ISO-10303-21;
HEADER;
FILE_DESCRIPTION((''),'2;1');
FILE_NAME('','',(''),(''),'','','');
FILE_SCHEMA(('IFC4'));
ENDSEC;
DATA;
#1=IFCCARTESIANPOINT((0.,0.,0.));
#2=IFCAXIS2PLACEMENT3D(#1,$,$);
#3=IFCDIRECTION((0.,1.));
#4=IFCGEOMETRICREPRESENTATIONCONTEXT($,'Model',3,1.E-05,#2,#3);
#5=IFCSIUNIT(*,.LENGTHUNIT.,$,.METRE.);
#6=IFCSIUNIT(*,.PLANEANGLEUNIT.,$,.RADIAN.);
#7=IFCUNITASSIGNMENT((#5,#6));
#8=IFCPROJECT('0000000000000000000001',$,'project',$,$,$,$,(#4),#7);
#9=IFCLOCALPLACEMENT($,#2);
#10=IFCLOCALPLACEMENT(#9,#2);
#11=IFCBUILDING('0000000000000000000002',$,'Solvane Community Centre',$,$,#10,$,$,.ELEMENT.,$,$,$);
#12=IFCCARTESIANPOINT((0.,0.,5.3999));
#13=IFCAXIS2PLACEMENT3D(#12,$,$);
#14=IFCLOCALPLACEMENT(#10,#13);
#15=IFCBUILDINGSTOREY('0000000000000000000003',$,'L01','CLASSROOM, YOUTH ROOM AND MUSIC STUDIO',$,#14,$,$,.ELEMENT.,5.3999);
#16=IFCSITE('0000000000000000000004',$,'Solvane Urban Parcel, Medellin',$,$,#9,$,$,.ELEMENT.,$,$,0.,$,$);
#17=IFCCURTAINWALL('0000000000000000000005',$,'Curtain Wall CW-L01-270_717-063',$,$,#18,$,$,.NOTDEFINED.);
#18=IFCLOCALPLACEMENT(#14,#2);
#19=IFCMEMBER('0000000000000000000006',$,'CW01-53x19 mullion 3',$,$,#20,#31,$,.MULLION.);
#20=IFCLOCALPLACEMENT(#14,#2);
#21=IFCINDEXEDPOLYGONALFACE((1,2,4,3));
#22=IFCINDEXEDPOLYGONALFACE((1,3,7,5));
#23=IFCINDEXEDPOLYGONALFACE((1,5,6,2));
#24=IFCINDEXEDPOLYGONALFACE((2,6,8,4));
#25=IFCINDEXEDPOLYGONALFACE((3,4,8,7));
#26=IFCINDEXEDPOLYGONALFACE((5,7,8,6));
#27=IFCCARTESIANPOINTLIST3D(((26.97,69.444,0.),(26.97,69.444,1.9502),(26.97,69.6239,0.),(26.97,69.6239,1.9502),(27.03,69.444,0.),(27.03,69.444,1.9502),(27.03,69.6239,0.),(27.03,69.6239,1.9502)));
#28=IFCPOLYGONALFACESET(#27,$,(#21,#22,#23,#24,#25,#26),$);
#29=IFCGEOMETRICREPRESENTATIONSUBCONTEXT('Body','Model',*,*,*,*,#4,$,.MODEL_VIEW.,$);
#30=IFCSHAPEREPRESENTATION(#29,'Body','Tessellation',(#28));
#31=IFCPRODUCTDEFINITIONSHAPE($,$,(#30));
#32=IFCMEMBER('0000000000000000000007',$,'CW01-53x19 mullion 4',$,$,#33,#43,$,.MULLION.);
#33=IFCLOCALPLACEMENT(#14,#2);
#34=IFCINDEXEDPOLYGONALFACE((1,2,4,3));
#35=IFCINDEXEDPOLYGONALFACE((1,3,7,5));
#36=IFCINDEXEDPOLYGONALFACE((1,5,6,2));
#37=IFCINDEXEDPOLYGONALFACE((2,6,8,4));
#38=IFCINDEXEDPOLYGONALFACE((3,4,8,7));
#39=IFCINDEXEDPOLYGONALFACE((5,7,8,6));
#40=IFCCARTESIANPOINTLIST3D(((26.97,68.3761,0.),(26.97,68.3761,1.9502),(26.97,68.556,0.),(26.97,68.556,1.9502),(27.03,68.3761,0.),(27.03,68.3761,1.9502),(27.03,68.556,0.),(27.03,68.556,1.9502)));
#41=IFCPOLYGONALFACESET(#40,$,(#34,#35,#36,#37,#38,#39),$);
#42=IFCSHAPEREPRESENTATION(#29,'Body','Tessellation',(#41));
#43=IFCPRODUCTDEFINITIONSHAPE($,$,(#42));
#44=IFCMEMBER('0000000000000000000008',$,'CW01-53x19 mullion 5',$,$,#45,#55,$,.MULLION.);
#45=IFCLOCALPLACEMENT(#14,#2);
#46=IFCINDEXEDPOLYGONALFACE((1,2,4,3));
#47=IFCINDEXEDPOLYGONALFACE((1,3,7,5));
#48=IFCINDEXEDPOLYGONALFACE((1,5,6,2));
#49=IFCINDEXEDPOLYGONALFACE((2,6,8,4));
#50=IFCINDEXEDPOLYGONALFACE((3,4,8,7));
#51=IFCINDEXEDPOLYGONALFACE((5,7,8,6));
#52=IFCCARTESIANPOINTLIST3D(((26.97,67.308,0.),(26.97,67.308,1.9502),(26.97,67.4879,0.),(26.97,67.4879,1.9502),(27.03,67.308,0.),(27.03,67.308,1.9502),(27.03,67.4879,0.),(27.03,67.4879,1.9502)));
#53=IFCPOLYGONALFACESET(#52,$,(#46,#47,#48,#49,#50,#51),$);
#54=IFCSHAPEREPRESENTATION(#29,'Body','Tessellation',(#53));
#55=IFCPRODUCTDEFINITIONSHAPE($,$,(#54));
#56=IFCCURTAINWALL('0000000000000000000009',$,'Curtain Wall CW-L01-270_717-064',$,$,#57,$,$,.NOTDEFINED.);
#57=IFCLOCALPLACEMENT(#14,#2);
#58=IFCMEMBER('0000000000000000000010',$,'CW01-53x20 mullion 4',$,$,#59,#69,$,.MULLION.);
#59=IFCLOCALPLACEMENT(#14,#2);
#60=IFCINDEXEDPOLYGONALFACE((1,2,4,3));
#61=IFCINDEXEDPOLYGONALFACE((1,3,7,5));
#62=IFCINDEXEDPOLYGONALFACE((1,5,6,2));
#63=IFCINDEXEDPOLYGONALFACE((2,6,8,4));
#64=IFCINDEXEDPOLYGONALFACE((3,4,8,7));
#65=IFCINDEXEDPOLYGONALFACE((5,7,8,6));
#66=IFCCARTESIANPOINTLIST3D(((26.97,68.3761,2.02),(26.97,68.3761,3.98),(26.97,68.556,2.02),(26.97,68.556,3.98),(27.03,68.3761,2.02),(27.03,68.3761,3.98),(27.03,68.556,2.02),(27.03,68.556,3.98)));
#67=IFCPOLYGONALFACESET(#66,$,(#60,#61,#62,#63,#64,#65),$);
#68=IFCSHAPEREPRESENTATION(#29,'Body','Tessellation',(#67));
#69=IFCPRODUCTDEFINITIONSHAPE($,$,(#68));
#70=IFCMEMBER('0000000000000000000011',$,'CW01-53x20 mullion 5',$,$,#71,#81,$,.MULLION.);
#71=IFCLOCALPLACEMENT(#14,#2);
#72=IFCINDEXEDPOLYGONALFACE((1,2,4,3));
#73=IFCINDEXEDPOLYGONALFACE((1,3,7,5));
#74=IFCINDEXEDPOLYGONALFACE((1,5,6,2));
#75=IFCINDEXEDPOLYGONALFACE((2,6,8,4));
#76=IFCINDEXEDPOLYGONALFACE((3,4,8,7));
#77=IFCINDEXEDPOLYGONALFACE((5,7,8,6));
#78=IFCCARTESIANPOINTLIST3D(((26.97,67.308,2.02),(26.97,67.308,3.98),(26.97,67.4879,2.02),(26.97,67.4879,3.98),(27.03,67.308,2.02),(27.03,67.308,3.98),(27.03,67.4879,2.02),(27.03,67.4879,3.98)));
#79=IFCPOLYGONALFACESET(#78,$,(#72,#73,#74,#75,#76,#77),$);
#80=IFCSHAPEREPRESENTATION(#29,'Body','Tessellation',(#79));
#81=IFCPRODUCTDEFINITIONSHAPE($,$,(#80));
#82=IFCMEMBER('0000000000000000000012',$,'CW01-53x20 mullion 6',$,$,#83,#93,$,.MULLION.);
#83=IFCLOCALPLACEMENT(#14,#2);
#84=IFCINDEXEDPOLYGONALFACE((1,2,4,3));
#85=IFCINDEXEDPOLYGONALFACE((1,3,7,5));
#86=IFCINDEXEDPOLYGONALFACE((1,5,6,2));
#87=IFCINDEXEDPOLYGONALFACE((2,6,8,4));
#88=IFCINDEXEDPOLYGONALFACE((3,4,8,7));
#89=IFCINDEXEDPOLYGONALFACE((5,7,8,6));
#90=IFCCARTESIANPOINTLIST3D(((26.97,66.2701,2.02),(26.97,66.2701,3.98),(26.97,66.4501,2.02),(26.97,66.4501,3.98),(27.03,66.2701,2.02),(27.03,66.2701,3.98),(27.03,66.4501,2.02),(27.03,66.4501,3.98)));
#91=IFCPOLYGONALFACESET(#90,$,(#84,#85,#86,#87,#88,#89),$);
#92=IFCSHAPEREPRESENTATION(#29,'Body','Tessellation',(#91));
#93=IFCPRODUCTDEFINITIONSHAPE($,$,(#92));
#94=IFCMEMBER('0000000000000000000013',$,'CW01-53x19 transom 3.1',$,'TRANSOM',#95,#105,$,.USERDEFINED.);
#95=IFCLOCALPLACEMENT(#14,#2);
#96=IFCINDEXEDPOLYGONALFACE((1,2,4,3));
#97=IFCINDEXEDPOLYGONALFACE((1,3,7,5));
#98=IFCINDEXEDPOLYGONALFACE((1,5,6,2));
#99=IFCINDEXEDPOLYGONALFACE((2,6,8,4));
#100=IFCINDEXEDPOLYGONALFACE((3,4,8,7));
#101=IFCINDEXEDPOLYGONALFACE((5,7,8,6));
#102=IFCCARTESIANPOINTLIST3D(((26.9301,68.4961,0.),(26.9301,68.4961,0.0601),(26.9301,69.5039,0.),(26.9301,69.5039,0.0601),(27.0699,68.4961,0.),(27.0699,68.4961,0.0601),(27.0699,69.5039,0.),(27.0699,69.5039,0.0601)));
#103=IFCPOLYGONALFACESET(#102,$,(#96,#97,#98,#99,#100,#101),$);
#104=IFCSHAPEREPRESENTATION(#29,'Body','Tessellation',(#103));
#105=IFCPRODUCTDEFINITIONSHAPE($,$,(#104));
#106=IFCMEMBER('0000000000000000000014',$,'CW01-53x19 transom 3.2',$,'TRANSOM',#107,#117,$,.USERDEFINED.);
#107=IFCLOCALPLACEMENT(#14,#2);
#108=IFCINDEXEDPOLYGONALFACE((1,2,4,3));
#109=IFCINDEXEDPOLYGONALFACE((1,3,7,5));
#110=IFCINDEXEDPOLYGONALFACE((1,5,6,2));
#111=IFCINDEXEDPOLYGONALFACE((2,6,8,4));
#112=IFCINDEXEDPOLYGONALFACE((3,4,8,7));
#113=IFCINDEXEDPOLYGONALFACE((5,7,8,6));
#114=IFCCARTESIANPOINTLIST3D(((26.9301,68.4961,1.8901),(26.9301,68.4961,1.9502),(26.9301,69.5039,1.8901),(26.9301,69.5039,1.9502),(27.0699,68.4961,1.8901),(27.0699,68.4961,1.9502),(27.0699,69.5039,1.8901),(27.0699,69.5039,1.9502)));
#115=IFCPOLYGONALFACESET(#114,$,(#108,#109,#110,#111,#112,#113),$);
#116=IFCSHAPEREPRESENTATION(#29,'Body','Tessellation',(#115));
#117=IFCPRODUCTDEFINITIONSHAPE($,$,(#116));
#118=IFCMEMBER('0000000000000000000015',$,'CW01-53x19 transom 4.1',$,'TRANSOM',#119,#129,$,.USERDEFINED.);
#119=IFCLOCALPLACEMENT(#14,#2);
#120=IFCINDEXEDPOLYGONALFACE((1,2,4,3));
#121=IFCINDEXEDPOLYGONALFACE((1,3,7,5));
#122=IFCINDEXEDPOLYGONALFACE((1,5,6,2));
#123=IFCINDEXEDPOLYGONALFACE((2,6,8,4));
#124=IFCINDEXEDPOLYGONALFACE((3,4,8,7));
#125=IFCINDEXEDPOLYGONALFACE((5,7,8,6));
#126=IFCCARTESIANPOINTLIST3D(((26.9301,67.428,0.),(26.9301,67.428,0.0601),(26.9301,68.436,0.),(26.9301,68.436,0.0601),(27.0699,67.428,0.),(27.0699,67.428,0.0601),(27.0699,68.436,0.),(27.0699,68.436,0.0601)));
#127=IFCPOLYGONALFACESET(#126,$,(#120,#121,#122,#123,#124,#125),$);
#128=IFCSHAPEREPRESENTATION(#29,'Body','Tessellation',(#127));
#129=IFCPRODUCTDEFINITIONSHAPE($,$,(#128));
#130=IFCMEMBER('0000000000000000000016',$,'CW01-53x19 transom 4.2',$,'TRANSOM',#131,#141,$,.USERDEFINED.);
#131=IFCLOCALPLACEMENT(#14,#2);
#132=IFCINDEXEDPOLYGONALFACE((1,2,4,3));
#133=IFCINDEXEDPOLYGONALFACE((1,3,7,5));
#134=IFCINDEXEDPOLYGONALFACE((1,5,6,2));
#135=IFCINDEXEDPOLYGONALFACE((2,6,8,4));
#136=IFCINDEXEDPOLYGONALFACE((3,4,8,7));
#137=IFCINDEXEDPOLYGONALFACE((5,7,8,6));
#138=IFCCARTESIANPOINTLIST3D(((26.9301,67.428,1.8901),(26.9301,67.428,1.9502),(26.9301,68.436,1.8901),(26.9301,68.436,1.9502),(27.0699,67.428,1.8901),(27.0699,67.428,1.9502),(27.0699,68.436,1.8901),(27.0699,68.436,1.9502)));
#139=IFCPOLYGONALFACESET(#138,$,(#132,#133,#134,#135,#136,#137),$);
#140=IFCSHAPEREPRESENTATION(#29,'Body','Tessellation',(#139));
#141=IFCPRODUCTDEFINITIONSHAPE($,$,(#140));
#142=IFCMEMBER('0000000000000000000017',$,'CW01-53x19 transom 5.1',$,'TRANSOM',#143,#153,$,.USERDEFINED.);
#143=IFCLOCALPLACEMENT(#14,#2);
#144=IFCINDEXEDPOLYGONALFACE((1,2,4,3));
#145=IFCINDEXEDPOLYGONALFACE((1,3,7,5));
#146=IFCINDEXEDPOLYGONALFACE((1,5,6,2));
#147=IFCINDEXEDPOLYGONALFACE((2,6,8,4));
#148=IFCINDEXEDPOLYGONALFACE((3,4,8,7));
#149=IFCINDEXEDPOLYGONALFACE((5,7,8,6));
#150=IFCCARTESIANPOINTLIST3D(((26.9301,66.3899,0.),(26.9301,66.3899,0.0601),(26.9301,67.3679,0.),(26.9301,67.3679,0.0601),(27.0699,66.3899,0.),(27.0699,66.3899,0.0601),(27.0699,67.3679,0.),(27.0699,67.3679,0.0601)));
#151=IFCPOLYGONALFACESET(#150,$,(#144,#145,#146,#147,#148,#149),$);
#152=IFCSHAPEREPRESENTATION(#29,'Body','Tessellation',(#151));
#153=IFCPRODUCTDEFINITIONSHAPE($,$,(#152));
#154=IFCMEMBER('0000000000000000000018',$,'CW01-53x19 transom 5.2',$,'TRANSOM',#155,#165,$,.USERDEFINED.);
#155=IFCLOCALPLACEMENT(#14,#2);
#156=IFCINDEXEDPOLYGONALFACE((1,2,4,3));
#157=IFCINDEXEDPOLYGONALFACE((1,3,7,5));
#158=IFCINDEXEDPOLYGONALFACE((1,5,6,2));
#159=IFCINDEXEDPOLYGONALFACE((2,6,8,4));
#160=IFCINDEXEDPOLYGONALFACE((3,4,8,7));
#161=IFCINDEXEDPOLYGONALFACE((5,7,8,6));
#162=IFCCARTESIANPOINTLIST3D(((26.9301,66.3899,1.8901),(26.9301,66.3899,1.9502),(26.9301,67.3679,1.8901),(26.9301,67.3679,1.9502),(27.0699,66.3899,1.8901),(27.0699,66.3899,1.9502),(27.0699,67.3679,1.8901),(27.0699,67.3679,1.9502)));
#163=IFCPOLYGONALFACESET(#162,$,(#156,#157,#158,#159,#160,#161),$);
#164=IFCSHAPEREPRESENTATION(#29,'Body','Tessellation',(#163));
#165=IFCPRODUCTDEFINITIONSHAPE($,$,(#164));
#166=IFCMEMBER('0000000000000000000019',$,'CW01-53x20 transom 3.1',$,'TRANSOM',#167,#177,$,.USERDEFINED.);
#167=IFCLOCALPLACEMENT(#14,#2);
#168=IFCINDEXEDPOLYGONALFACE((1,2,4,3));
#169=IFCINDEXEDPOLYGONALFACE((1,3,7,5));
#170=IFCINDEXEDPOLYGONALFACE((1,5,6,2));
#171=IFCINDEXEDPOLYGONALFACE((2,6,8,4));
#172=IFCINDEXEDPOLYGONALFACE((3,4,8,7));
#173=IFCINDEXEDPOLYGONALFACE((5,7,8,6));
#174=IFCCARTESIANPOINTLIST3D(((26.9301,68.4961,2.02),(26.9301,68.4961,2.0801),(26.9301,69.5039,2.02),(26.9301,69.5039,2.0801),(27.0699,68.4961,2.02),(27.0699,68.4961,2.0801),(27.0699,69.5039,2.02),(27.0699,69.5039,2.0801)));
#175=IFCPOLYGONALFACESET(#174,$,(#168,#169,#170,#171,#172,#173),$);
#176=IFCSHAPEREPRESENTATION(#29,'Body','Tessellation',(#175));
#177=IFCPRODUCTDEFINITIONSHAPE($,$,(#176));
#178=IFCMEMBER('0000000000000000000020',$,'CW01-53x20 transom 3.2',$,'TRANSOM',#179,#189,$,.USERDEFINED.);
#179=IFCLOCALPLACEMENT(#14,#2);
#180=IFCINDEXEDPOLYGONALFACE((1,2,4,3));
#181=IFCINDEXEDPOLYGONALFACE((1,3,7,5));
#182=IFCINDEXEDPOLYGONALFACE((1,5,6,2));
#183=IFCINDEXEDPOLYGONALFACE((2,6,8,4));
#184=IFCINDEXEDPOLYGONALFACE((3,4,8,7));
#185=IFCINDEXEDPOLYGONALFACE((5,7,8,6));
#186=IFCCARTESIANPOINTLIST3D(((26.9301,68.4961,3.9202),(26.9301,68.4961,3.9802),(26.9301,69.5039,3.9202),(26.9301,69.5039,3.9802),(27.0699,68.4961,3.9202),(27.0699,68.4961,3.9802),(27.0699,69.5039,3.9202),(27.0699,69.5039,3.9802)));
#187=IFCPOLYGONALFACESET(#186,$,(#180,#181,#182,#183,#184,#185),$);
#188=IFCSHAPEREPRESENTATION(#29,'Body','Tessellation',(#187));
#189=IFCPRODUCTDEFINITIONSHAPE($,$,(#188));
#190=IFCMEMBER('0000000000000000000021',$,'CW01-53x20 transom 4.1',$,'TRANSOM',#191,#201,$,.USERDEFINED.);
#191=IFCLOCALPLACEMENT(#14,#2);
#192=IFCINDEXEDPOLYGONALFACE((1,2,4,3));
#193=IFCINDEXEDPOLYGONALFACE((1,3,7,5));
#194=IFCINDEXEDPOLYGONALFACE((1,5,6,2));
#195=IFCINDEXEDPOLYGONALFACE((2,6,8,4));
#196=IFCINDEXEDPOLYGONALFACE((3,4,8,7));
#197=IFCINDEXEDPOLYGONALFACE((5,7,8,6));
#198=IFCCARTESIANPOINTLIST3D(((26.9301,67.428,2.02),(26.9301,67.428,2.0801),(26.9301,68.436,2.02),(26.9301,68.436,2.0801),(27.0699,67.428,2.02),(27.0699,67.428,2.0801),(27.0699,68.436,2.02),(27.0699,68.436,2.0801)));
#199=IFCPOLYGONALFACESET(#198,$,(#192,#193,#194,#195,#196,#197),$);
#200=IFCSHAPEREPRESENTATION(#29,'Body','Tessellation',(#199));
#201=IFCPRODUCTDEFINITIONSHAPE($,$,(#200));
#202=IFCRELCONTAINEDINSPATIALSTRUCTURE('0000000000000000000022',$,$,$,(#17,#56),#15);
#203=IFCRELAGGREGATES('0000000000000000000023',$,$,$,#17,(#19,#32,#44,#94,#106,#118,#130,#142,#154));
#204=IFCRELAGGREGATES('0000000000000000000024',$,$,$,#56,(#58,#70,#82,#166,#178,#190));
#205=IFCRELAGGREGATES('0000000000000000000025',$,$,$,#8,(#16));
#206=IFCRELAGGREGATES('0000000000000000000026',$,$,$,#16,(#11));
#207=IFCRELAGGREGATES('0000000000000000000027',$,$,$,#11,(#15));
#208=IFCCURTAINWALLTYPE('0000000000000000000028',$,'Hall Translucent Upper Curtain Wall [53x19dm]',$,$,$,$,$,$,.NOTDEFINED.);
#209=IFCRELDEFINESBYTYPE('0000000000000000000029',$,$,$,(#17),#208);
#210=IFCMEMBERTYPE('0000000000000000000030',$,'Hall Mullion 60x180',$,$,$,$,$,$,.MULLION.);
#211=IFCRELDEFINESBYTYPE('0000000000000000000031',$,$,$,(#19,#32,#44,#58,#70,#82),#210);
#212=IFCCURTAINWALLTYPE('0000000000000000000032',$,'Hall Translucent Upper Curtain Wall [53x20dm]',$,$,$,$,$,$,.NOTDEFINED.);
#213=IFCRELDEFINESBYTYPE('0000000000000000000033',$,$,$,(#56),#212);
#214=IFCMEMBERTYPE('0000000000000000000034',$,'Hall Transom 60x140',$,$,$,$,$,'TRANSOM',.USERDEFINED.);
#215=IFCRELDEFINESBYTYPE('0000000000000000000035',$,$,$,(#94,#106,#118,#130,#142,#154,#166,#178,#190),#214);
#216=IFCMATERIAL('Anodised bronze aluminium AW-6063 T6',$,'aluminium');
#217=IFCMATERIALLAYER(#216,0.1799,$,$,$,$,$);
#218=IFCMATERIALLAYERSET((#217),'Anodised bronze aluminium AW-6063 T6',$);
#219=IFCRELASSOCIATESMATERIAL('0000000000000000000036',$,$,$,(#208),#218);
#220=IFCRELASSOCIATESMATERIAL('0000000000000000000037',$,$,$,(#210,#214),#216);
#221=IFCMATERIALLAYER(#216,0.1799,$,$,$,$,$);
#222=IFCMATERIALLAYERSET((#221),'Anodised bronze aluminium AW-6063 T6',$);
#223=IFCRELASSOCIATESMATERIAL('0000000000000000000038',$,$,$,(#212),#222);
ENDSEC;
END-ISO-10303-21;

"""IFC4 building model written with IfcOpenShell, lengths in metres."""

from ifc_helpers import new_model, si_unit, direction, frame, origin, origin_2d, place, context, subcontext, project, spatial, rectangle, extrude, material, layer, layer_set, material_profile, profile_set, type_object, element, aggregate, save


model = new_model("IFC4")

# Units and contexts
model_context = context("Model", 3, precision=1e-05, world=origin(), true_north=direction((0.0, 1.0)))
body_context = subcontext(model_context, "Body", "Model", "MODEL_VIEW")
ifc_project = project(units=[si_unit("LENGTHUNIT", "METRE"), si_unit("PLANEANGLEUNIT", "RADIAN")], contexts=[model_context])

# Site, building, storey
site_placement = place(None, origin())
site = spatial("IfcSite", under=ifc_project, at=site_placement, Name="Solvane Urban Parcel, Medellin", CompositionType="ELEMENT", RefElevation=0.0)
building_placement = place(site_placement, origin())
building = spatial("IfcBuilding", under=site, at=building_placement, Name="Solvane Community Centre", CompositionType="ELEMENT")
storey_placement = place(building_placement, frame((0.0, 0.0, 5.3999)))
storey = spatial("IfcBuildingStorey", under=building, at=storey_placement, Name="L01", Description="CLASSROOM, YOUTH ROOM AND MUSIC STUDIO", CompositionType="ELEMENT", Elevation=5.3999)

# Curtain walls, members
ifc_material_1 = material(Name="Anodised bronze aluminium AW-6063 T6", Category="aluminium")
ifc_layer_1 = layer(ifc_material_1, 0.1799)
ifc_layer_set_1 = layer_set([ifc_layer_1], Name="Anodised bronze aluminium AW-6063 T6")
curtain_wall_type_1 = type_object("IfcCurtainWallType", Name="Hall Translucent Upper Curtain Wall [53x19dm]", PredefinedType="NOTDEFINED", material=ifc_layer_set_1)
curtain_wall_1_placement = place(storey_placement, origin())
curtain_wall_1 = element("IfcCurtainWall", 1, at=curtain_wall_1_placement, inside=storey, type_object=curtain_wall_type_1, Name="Curtain Wall CW-L01-270_717-063", PredefinedType="NOTDEFINED")
ifc_material_profile_1 = material_profile(ifc_material_1, rectangle(XDim=0.0601, YDim=0.1799, at=origin_2d()), Name="CW-M 60x180")
ifc_profile_set_1 = profile_set([ifc_material_profile_1], Name="Anodised bronze aluminium AW-6063 T6")
member_type_1 = type_object("IfcMemberType", Name="Hall Mullion 60x180", PredefinedType="MULLION", material=ifc_profile_set_1)
member_1_placement = place(storey_placement, frame((27.0, 69.5339, 0.0), z_axis=(0.0, 0.0, 1.0), x_axis=(1.0, 0.0, 0.0)))
member_1 = element("IfcMember", 2, at=member_1_placement, type_object=member_type_1, Name="CW01-53x19 mullion 3", PredefinedType="MULLION", context=body_context, shape_type="SweptSolid", body=[
    extrude(rectangle(XDim=0.0601, YDim=0.1799, at=origin_2d()), origin(), (0.0, 0.0, 1.0), 1.9502),
])
member_2_placement = place(storey_placement, frame((27.0, 68.4661, 0.0), z_axis=(0.0, 0.0, 1.0), x_axis=(1.0, 0.0, 0.0)))
member_2 = element("IfcMember", 3, at=member_2_placement, type_object=member_type_1, Name="CW01-53x19 mullion 4", PredefinedType="MULLION", context=body_context, shape_type="SweptSolid", body=[
    extrude(rectangle(XDim=0.0601, YDim=0.1799, at=origin_2d()), origin(), (0.0, 0.0, 1.0), 1.9502),
])
member_3_placement = place(storey_placement, frame((27.0, 67.3979, 0.0), z_axis=(0.0, 0.0, 1.0), x_axis=(1.0, 0.0, 0.0)))
member_3 = element("IfcMember", 4, at=member_3_placement, type_object=member_type_1, Name="CW01-53x19 mullion 5", PredefinedType="MULLION", context=body_context, shape_type="SweptSolid", body=[
    extrude(rectangle(XDim=0.0601, YDim=0.1799, at=origin_2d()), origin(), (0.0, 0.0, 1.0), 1.9502),
])
ifc_layer_2 = layer(ifc_material_1, 0.1799)
ifc_layer_set_2 = layer_set([ifc_layer_2], Name="Anodised bronze aluminium AW-6063 T6")
curtain_wall_type_2 = type_object("IfcCurtainWallType", Name="Hall Translucent Upper Curtain Wall [53x20dm]", PredefinedType="NOTDEFINED", material=ifc_layer_set_2)
curtain_wall_2_placement = place(storey_placement, origin())
curtain_wall_2 = element("IfcCurtainWall", 5, at=curtain_wall_2_placement, inside=storey, type_object=curtain_wall_type_2, Name="Curtain Wall CW-L01-270_717-064", PredefinedType="NOTDEFINED")
member_4_placement = place(storey_placement, frame((27.0, 68.4661, 2.02), z_axis=(0.0, 0.0, 1.0), x_axis=(1.0, 0.0, 0.0)))
member_4 = element("IfcMember", 6, at=member_4_placement, type_object=member_type_1, Name="CW01-53x20 mullion 4", PredefinedType="MULLION", context=body_context, shape_type="SweptSolid", body=[
    extrude(rectangle(XDim=0.0601, YDim=0.1799, at=origin_2d()), origin(), (0.0, 0.0, 1.0), 1.96),
])
member_5_placement = place(storey_placement, frame((27.0, 67.3979, 2.02), z_axis=(0.0, 0.0, 1.0), x_axis=(1.0, 0.0, 0.0)))
member_5 = element("IfcMember", 7, at=member_5_placement, type_object=member_type_1, Name="CW01-53x20 mullion 5", PredefinedType="MULLION", context=body_context, shape_type="SweptSolid", body=[
    extrude(rectangle(XDim=0.0601, YDim=0.1799, at=origin_2d()), origin(), (0.0, 0.0, 1.0), 1.96),
])
member_6_placement = place(storey_placement, frame((27.0, 66.3601, 2.02), z_axis=(0.0, 0.0, 1.0), x_axis=(1.0, 0.0, 0.0)))
member_6 = element("IfcMember", 8, at=member_6_placement, type_object=member_type_1, Name="CW01-53x20 mullion 6", PredefinedType="MULLION", context=body_context, shape_type="SweptSolid", body=[
    extrude(rectangle(XDim=0.0601, YDim=0.1799, at=origin_2d()), origin(), (0.0, 0.0, 1.0), 1.96),
])

# Members
ifc_material_profile_2 = material_profile(ifc_material_1, rectangle(XDim=0.1399, YDim=0.0601, at=origin_2d()), Name="CW-T 60x140")
ifc_profile_set_2 = profile_set([ifc_material_profile_2], Name="Anodised bronze aluminium AW-6063 T6")
member_type_2 = type_object("IfcMemberType", Name="Hall Transom 60x140", ElementType="TRANSOM", PredefinedType="USERDEFINED", material=ifc_profile_set_2)
member_7_placement = place(storey_placement, frame((27.0, 69.5039, 0.03), z_axis=(0.0, -1.0, 0.0), x_axis=(1.0, 0.0, 0.0)))
member_7 = element("IfcMember", 9, at=member_7_placement, type_object=member_type_2, Name="CW01-53x19 transom 3.1", ObjectType="TRANSOM", PredefinedType="USERDEFINED", context=body_context, shape_type="SweptSolid", body=[
    extrude(rectangle(XDim=0.1399, YDim=0.0601, at=origin_2d()), origin(), (0.0, 0.0, 1.0), 1.0078),
])
member_8_placement = place(storey_placement, frame((27.0, 69.5039, 1.9202), z_axis=(0.0, -1.0, 0.0), x_axis=(1.0, 0.0, 0.0)))
member_8 = element("IfcMember", 10, at=member_8_placement, type_object=member_type_2, Name="CW01-53x19 transom 3.2", ObjectType="TRANSOM", PredefinedType="USERDEFINED", context=body_context, shape_type="SweptSolid", body=[
    extrude(rectangle(XDim=0.1399, YDim=0.0601, at=origin_2d()), origin(), (0.0, 0.0, 1.0), 1.0078),
])
member_9_placement = place(storey_placement, frame((27.0, 68.436, 0.03), z_axis=(0.0, -1.0, 0.0), x_axis=(1.0, 0.0, 0.0)))
member_9 = element("IfcMember", 11, at=member_9_placement, type_object=member_type_2, Name="CW01-53x19 transom 4.1", ObjectType="TRANSOM", PredefinedType="USERDEFINED", context=body_context, shape_type="SweptSolid", body=[
    extrude(rectangle(XDim=0.1399, YDim=0.0601, at=origin_2d()), origin(), (0.0, 0.0, 1.0), 1.0081),
])
member_10_placement = place(storey_placement, frame((27.0, 68.436, 1.9202), z_axis=(0.0, -1.0, 0.0), x_axis=(1.0, 0.0, 0.0)))
member_10 = element("IfcMember", 12, at=member_10_placement, type_object=member_type_2, Name="CW01-53x19 transom 4.2", ObjectType="TRANSOM", PredefinedType="USERDEFINED", context=body_context, shape_type="SweptSolid", body=[
    extrude(rectangle(XDim=0.1399, YDim=0.0601, at=origin_2d()), origin(), (0.0, 0.0, 1.0), 1.0081),
])
member_11_placement = place(storey_placement, frame((27.0, 67.3679, 0.03), z_axis=(0.0, -1.0, 0.0), x_axis=(1.0, 0.0, 0.0)))
member_11 = element("IfcMember", 13, at=member_11_placement, type_object=member_type_2, Name="CW01-53x19 transom 5.1", ObjectType="TRANSOM", PredefinedType="USERDEFINED", context=body_context, shape_type="SweptSolid", body=[
    extrude(rectangle(XDim=0.1399, YDim=0.0601, at=origin_2d()), origin(), (0.0, 0.0, 1.0), 0.978),
])
member_12_placement = place(storey_placement, frame((27.0, 67.3679, 1.9202), z_axis=(0.0, -1.0, 0.0), x_axis=(1.0, 0.0, 0.0)))
member_12 = element("IfcMember", 14, at=member_12_placement, type_object=member_type_2, Name="CW01-53x19 transom 5.2", ObjectType="TRANSOM", PredefinedType="USERDEFINED", context=body_context, shape_type="SweptSolid", body=[
    extrude(rectangle(XDim=0.1399, YDim=0.0601, at=origin_2d()), origin(), (0.0, 0.0, 1.0), 0.978),
])
member_13_placement = place(storey_placement, frame((27.0, 69.5039, 2.05), z_axis=(0.0, -1.0, 0.0), x_axis=(1.0, 0.0, 0.0)))
member_13 = element("IfcMember", 15, at=member_13_placement, type_object=member_type_2, Name="CW01-53x20 transom 3.1", ObjectType="TRANSOM", PredefinedType="USERDEFINED", context=body_context, shape_type="SweptSolid", body=[
    extrude(rectangle(XDim=0.1399, YDim=0.0601, at=origin_2d()), origin(), (0.0, 0.0, 1.0), 1.0078),
])
member_14_placement = place(storey_placement, frame((27.0, 69.5039, 3.9502), z_axis=(0.0, -1.0, 0.0), x_axis=(1.0, 0.0, 0.0)))
member_14 = element("IfcMember", 16, at=member_14_placement, type_object=member_type_2, Name="CW01-53x20 transom 3.2", ObjectType="TRANSOM", PredefinedType="USERDEFINED", context=body_context, shape_type="SweptSolid", body=[
    extrude(rectangle(XDim=0.1399, YDim=0.0601, at=origin_2d()), origin(), (0.0, 0.0, 1.0), 1.0078),
])
member_15_placement = place(storey_placement, frame((27.0, 68.436, 2.05), z_axis=(0.0, -1.0, 0.0), x_axis=(1.0, 0.0, 0.0)))
member_15 = element("IfcMember", 17, at=member_15_placement, type_object=member_type_2, Name="CW01-53x20 transom 4.1", ObjectType="TRANSOM", PredefinedType="USERDEFINED", context=body_context, shape_type="SweptSolid", body=[
    extrude(rectangle(XDim=0.1399, YDim=0.0601, at=origin_2d()), origin(), (0.0, 0.0, 1.0), 1.0081),
])

aggregate(curtain_wall_1, [member_1, member_2, member_3, member_7, member_8, member_9, member_10, member_11, member_12])
aggregate(curtain_wall_2, [member_4, member_5, member_6, member_13, member_14, member_15])

save(model, "model.ifc")
